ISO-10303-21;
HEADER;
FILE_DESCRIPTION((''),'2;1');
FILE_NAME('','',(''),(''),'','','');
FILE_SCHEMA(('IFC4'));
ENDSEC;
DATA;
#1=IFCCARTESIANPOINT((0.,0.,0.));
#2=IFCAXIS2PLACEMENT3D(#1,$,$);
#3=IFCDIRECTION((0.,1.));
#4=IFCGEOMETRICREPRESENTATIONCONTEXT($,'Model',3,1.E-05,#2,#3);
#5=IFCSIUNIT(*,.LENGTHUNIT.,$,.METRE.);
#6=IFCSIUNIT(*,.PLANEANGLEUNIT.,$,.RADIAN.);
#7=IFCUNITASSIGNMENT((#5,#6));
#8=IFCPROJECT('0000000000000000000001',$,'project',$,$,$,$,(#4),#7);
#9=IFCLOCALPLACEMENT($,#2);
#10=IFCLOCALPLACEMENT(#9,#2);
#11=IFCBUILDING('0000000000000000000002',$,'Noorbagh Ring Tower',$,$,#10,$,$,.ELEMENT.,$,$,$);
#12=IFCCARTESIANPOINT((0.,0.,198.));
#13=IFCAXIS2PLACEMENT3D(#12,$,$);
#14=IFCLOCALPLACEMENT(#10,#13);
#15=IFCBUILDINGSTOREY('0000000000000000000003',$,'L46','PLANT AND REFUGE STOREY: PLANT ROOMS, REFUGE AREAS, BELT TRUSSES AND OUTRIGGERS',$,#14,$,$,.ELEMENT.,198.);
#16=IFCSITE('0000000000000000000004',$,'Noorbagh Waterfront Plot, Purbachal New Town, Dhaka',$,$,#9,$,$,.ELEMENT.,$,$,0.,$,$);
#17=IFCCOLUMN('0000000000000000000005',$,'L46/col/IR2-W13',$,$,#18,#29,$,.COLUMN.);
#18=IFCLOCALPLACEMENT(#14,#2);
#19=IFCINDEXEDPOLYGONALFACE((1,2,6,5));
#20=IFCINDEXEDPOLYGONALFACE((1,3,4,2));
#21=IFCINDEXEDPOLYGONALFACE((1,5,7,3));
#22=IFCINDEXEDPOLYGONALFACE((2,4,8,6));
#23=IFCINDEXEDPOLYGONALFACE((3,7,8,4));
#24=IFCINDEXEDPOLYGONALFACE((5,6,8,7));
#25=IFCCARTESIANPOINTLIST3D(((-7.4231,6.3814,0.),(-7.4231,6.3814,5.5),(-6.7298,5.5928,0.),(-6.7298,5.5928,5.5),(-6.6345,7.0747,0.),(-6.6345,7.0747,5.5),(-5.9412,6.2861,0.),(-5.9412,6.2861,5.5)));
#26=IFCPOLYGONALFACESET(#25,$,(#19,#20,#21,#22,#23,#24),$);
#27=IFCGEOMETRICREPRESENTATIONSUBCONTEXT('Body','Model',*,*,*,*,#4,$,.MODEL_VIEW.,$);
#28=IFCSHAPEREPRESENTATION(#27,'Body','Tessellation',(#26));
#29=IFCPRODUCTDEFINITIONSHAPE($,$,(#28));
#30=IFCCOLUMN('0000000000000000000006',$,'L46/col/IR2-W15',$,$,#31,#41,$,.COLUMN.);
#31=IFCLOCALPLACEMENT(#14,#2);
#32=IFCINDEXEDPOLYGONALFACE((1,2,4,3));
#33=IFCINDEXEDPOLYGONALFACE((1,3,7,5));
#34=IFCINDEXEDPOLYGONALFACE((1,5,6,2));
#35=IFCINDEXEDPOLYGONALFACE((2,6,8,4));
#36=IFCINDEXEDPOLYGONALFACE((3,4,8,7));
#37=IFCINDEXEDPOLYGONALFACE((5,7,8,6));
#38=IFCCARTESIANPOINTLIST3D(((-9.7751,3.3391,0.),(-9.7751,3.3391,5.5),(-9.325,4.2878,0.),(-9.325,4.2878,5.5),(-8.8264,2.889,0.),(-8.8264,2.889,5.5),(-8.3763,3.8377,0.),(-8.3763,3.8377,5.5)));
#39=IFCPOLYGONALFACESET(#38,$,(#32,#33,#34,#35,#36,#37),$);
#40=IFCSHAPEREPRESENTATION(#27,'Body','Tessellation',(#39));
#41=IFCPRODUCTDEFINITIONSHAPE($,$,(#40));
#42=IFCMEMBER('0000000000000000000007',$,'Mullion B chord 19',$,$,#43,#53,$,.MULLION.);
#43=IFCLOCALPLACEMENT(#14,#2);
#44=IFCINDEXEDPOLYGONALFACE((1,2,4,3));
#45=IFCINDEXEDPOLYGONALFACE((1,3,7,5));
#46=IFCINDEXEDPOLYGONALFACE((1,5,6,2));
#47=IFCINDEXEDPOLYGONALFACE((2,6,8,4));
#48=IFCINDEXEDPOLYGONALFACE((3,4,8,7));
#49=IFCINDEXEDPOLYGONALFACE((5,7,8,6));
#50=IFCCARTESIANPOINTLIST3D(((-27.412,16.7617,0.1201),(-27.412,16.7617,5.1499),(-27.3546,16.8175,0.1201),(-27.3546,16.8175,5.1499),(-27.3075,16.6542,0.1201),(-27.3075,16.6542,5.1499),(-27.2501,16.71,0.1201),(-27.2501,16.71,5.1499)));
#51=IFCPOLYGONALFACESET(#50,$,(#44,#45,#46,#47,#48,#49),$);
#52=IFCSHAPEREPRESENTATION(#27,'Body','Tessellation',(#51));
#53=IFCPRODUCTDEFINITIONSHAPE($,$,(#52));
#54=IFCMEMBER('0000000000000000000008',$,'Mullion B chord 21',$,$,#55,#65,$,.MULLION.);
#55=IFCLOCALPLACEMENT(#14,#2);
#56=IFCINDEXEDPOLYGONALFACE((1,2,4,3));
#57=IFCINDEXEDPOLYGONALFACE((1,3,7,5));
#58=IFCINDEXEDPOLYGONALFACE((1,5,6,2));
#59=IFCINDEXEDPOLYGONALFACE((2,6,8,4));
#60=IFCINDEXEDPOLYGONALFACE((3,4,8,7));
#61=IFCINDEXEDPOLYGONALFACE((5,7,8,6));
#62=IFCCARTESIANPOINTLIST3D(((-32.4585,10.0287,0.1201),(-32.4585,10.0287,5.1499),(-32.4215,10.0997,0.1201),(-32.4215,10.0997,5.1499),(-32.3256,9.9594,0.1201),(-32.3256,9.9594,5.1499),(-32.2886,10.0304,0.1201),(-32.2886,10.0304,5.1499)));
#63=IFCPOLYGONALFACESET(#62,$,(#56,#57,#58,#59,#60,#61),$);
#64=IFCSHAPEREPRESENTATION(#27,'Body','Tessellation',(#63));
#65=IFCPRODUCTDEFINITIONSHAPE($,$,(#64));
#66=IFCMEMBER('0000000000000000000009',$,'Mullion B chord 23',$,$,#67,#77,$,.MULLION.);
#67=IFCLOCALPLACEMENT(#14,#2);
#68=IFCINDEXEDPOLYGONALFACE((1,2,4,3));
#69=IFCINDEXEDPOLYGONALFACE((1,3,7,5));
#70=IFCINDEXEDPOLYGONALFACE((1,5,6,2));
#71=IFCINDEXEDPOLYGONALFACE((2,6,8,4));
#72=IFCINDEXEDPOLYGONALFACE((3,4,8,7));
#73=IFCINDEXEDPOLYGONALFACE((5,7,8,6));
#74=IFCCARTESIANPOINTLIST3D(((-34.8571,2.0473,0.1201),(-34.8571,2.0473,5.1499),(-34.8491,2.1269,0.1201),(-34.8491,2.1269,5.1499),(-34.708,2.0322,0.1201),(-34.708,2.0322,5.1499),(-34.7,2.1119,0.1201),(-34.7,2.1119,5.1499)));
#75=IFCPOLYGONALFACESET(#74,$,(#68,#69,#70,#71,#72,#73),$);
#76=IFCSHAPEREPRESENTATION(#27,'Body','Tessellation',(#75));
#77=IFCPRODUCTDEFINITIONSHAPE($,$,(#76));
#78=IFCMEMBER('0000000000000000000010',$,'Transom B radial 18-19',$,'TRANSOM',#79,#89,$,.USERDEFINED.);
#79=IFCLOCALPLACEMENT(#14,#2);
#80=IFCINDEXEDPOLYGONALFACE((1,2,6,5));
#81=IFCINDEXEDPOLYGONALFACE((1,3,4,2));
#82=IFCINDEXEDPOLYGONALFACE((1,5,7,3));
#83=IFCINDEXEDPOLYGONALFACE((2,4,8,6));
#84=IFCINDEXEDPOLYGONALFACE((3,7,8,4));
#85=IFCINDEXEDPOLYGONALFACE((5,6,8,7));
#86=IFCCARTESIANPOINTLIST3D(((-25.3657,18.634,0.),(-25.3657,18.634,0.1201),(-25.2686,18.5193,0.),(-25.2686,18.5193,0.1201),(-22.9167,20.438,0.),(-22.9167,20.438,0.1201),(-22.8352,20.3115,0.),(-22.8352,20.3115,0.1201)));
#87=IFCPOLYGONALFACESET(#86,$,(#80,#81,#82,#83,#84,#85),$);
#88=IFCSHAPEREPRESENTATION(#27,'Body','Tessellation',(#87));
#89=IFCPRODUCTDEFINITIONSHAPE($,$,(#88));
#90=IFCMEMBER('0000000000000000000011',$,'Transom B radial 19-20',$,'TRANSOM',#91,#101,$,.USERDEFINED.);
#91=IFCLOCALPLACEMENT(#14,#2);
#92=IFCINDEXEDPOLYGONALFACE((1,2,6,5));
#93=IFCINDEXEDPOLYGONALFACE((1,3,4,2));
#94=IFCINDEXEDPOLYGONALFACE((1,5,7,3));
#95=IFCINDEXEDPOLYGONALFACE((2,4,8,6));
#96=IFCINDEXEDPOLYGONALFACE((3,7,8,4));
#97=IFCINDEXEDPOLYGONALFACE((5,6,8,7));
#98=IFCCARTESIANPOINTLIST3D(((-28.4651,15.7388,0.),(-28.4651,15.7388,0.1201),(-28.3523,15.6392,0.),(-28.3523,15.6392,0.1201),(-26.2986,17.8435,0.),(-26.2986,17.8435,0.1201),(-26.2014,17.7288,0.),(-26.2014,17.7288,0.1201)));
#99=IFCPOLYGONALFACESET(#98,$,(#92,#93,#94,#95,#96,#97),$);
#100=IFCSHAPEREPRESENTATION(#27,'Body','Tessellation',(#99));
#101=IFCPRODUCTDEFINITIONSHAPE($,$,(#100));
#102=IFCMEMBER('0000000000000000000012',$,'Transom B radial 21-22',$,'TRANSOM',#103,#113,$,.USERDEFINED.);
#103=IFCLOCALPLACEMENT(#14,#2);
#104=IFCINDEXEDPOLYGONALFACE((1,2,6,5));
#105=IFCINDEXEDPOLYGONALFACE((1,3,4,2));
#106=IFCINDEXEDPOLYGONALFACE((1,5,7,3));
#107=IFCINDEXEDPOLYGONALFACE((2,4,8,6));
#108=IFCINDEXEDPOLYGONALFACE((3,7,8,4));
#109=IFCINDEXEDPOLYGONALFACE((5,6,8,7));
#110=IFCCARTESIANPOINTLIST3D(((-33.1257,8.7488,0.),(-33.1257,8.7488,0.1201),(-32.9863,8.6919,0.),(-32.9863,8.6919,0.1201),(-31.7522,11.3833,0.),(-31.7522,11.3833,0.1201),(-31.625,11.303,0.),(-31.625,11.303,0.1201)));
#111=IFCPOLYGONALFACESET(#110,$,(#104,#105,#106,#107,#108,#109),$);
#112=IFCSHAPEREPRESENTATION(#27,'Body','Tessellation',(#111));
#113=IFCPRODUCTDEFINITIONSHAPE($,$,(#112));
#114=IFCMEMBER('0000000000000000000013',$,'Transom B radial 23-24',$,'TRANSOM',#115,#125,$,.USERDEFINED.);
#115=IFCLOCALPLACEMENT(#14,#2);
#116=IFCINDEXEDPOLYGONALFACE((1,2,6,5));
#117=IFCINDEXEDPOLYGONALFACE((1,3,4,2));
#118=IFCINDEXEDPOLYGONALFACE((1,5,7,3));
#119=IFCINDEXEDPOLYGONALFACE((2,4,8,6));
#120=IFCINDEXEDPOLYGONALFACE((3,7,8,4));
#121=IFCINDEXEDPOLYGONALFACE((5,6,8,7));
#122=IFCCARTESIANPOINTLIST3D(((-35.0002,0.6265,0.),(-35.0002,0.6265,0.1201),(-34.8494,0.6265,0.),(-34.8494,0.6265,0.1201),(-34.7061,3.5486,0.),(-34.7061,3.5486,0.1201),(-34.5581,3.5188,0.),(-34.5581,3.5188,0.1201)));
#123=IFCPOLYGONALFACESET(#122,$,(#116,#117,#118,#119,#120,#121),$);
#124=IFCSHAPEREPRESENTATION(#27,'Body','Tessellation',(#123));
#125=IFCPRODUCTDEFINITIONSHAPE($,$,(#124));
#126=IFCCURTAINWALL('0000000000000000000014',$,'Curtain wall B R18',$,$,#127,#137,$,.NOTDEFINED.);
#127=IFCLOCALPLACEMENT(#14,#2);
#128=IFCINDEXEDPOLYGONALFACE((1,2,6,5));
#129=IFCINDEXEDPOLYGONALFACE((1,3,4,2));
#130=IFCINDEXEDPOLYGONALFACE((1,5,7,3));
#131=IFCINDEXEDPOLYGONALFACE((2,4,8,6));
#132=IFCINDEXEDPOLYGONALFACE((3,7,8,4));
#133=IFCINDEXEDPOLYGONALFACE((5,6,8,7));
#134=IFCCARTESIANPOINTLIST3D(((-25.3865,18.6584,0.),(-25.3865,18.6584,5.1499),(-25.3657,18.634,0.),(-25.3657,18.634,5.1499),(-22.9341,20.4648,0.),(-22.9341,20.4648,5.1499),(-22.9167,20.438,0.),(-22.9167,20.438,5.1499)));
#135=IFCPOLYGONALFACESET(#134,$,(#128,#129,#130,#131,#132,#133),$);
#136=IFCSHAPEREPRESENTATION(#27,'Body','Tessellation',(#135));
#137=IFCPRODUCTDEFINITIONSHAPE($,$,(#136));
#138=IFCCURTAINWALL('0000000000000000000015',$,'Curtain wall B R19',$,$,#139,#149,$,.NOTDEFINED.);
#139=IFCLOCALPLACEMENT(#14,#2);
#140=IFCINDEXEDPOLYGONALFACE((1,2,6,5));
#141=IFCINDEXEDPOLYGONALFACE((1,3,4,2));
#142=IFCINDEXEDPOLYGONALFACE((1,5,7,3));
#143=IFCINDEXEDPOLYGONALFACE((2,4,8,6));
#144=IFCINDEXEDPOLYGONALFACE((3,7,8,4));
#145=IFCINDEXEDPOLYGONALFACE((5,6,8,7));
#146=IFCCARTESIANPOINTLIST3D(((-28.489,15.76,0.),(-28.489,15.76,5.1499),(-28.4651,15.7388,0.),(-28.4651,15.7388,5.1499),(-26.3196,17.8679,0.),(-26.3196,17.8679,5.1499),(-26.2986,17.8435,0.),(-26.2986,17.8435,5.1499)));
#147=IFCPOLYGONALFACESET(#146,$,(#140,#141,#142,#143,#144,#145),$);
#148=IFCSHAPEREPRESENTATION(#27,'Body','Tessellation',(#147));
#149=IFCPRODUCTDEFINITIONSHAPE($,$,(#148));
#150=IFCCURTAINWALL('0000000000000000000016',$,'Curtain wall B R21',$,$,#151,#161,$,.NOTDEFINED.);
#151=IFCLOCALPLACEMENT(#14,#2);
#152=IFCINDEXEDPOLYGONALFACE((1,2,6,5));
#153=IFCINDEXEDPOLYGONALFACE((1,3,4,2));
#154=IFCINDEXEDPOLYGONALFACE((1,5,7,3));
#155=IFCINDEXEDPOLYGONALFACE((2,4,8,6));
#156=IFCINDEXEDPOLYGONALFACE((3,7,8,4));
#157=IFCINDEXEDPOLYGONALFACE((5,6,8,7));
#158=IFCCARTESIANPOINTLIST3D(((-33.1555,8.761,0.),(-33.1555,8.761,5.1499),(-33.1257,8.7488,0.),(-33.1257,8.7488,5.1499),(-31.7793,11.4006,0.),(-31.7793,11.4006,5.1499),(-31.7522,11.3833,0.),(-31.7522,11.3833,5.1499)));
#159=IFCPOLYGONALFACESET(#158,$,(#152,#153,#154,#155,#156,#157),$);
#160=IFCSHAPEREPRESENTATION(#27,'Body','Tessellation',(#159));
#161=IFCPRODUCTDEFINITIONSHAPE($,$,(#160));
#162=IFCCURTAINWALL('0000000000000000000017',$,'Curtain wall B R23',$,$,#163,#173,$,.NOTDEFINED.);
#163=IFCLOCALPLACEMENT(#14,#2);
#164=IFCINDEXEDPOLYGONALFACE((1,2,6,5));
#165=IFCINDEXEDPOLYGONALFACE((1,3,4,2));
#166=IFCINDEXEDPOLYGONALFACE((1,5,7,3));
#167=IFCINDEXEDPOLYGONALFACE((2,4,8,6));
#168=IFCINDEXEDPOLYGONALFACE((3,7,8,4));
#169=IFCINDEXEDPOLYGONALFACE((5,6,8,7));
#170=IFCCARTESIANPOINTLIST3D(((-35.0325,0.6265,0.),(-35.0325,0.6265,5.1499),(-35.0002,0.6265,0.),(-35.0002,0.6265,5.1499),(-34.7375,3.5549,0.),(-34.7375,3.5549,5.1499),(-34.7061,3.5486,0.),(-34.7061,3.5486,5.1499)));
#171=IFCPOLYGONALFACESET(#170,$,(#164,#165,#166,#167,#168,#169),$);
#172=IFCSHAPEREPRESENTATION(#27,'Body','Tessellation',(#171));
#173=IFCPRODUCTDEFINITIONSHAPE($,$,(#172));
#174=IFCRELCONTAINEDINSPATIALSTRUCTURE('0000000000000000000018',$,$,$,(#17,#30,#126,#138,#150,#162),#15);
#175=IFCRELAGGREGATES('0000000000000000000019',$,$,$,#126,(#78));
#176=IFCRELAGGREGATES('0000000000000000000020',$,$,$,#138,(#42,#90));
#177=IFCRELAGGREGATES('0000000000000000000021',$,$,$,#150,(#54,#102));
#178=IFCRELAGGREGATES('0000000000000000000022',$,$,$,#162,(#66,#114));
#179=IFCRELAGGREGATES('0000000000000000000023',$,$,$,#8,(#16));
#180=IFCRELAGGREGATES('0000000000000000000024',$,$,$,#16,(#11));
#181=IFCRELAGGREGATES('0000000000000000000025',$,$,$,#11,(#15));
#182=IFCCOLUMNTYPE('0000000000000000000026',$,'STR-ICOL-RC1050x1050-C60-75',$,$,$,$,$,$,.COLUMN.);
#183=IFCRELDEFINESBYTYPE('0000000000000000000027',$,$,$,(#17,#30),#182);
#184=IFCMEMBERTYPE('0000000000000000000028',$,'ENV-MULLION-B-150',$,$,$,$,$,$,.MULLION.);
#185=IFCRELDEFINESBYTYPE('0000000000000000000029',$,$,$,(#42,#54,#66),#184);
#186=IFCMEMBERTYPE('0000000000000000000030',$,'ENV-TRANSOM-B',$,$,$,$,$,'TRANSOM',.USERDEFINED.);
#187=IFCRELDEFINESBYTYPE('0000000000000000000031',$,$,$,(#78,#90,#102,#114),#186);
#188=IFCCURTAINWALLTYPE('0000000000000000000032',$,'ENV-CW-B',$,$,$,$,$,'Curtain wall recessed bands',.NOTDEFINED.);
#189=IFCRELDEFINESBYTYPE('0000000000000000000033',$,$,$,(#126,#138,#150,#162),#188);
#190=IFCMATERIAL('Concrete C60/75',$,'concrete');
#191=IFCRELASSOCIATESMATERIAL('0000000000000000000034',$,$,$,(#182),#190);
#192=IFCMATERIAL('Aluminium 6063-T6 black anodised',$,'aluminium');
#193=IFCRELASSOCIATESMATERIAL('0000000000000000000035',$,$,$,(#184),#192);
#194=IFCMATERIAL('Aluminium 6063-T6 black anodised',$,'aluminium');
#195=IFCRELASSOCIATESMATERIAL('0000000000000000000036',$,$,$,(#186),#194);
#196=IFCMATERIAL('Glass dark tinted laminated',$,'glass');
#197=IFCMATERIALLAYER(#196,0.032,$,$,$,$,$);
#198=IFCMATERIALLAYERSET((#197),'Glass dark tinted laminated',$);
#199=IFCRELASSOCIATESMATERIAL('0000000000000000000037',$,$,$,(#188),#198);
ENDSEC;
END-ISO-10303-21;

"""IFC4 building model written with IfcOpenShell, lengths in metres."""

from ifc_helpers import new_model, si_unit, direction, frame, origin, origin_2d, place, context, subcontext, project, spatial, polyline, rectangle, outline, extrude, material, layer, layer_set, material_profile, profile_set, type_object, element, aggregate, save


model = new_model("IFC4")

# Units and contexts
model_context = context("Model", 3, precision=1e-05, world=origin(), true_north=direction((0.0, 1.0)))
body_context = subcontext(model_context, "Body", "Model", "MODEL_VIEW")
ifc_project = project(units=[si_unit("LENGTHUNIT", "METRE"), si_unit("PLANEANGLEUNIT", "RADIAN")], contexts=[model_context])

# Site, building, storey
site_placement = place(None, origin())
site = spatial("IfcSite", under=ifc_project, at=site_placement, Name="Noorbagh Waterfront Plot, Purbachal New Town, Dhaka", CompositionType="ELEMENT", RefElevation=0.0)
building_placement = place(site_placement, origin())
building = spatial("IfcBuilding", under=site, at=building_placement, Name="Noorbagh Ring Tower", CompositionType="ELEMENT")
storey_placement = place(building_placement, frame((0.0, 0.0, 198.0)))
storey = spatial("IfcBuildingStorey", under=building, at=storey_placement, Name="L46", Description="PLANT AND REFUGE STOREY: PLANT ROOMS, REFUGE AREAS, BELT TRUSSES AND OUTRIGGERS", CompositionType="ELEMENT", Elevation=198.0)

# Columns
ifc_material_1 = material(Name="Concrete C60/75", Category="concrete")
ifc_material_profile_1 = material_profile(ifc_material_1, rectangle(XDim=1.05, YDim=1.05, at=origin_2d()), Name="RC1050x1050")
ifc_profile_set_1 = profile_set([ifc_material_profile_1], Name="Concrete C60/75")
column_type = type_object("IfcColumnType", Name="STR-ICOL-RC1050x1050-C60-75", PredefinedType="COLUMN", material=ifc_profile_set_1)
for number, where, z_axis, x_axis, name in (
    (1, (-6.6821, 6.3337, 0.0), (0.0, 0.0, 1.0), (-0.751022, -0.660277, 0.0), "L46/col/IR2-W13"),
    (2, (-9.0757, 3.5884, 0.0), (0.0, 0.0, 1.0), (-0.428667, -0.903463, 0.0), "L46/col/IR2-W15"),
):
    element("IfcColumn", number, at=place(storey_placement, frame(where, z_axis=z_axis, x_axis=x_axis)), inside=storey, type_object=column_type, Name=name, PredefinedType="COLUMN", context=body_context, shape_type="SweptSolid", body=[
        extrude(rectangle(XDim=1.05, YDim=1.05, at=origin_2d()), origin(), (0.0, 0.0, 1.0), 5.5),
    ])

# Members
ifc_material_2 = material(Name="Aluminium 6063-T6 black anodised", Category="aluminium")
ifc_material_profile_2 = material_profile(ifc_material_2, rectangle(XDim=0.1499, YDim=0.0801, at=origin_2d()), Name="150x80")
ifc_profile_set_2 = profile_set([ifc_material_profile_2], Name="Aluminium 6063-T6 black anodised")
member_type_1 = type_object("IfcMemberType", Name="ENV-MULLION-B-150", PredefinedType="MULLION", material=ifc_profile_set_2)
member_1_placement = place(storey_placement, frame((-27.3311, 16.7358, 0.1201), z_axis=(0.0, 0.0, 1.0), x_axis=(0.696842, -0.717225, 0.0)))
member_1 = element("IfcMember", 3, at=member_1_placement, type_object=member_type_1, Name="Mullion B chord 19", PredefinedType="MULLION", context=body_context, shape_type="SweptSolid", body=[
    extrude(rectangle(XDim=0.1499, YDim=0.0801, at=origin_2d()), origin(), (0.0, 0.0, 1.0), 5.0298),
])
member_2_placement = place(storey_placement, frame((-32.3735, 10.0295, 0.1201), z_axis=(0.0, 0.0, 1.0), x_axis=(0.886735, -0.462278, 0.0)))
member_2 = element("IfcMember", 4, at=member_2_placement, type_object=member_type_1, Name="Mullion B chord 21", PredefinedType="MULLION", context=body_context, shape_type="SweptSolid", body=[
    extrude(rectangle(XDim=0.1499, YDim=0.0801, at=origin_2d()), origin(), (0.0, 0.0, 1.0), 5.0298),
])
member_3_placement = place(storey_placement, frame((-34.7786, 2.0796, 0.1201), z_axis=(0.0, 0.0, 1.0), x_axis=(0.99497, -0.100178, 0.0)))
member_3 = element("IfcMember", 5, at=member_3_placement, type_object=member_type_1, Name="Mullion B chord 23", PredefinedType="MULLION", context=body_context, shape_type="SweptSolid", body=[
    extrude(rectangle(XDim=0.1499, YDim=0.0801, at=origin_2d()), origin(), (0.0, 0.0, 1.0), 5.0298),
])
ifc_material_3 = material(Name="Aluminium 6063-T6 black anodised", Category="aluminium")
member_type_2 = type_object("IfcMemberType", Name="ENV-TRANSOM-B", ElementType="TRANSOM", PredefinedType="USERDEFINED", material=ifc_material_3)
member_4_placement = place(storey_placement, origin())
member_4 = element("IfcMember", 6, at=member_4_placement, type_object=member_type_2, Name="Transom B radial 18-19", ObjectType="TRANSOM", PredefinedType="USERDEFINED", context=body_context, shape_type="SweptSolid", body=[
    extrude(outline(polyline([(-22.9167, 20.438), (-25.3657, 18.634), (-25.2686, 18.5193), (-22.8352, 20.3115), (-22.9167, 20.438)])), origin(), (0.0, 0.0, 1.0), 0.1201),
])
member_5_placement = place(storey_placement, origin())
member_5 = element("IfcMember", 7, at=member_5_placement, type_object=member_type_2, Name="Transom B radial 19-20", ObjectType="TRANSOM", PredefinedType="USERDEFINED", context=body_context, shape_type="SweptSolid", body=[
    extrude(outline(polyline([(-26.2986, 17.8435), (-28.4651, 15.7388), (-28.3523, 15.6392), (-26.2014, 17.7288), (-26.2986, 17.8435)])), origin(), (0.0, 0.0, 1.0), 0.1201),
])
member_6_placement = place(storey_placement, origin())
member_6 = element("IfcMember", 8, at=member_6_placement, type_object=member_type_2, Name="Transom B radial 21-22", ObjectType="TRANSOM", PredefinedType="USERDEFINED", context=body_context, shape_type="SweptSolid", body=[
    extrude(outline(polyline([(-31.7522, 11.3833), (-33.1257, 8.7488), (-32.9863, 8.6919), (-31.625, 11.303), (-31.7522, 11.3833)])), origin(), (0.0, 0.0, 1.0), 0.1201),
])
member_7_placement = place(storey_placement, origin())
member_7 = element("IfcMember", 9, at=member_7_placement, type_object=member_type_2, Name="Transom B radial 23-24", ObjectType="TRANSOM", PredefinedType="USERDEFINED", context=body_context, shape_type="SweptSolid", body=[
    extrude(outline(polyline([(-34.7061, 3.5486), (-35.0002, 0.6265), (-34.8494, 0.6265), (-34.5581, 3.5188), (-34.7061, 3.5486)])), origin(), (0.0, 0.0, 1.0), 0.1201),
])

# Curtain walls
ifc_material_4 = material(Name="Glass dark tinted laminated", Category="glass")
ifc_layer = layer(ifc_material_4, 0.032)
ifc_layer_set = layer_set([ifc_layer], Name="Glass dark tinted laminated")
curtain_wall_type = type_object("IfcCurtainWallType", Name="ENV-CW-B", ElementType="Curtain wall recessed bands", PredefinedType="NOTDEFINED", material=ifc_layer_set)
curtain_wall_1_placement = place(storey_placement, origin())
curtain_wall_1 = element("IfcCurtainWall", 10, at=curtain_wall_1_placement, inside=storey, type_object=curtain_wall_type, Name="Curtain wall B R18", PredefinedType="NOTDEFINED", context=body_context, shape_type="SweptSolid", body=[
    extrude(outline(polyline([(-22.9341, 20.4648), (-25.3865, 18.6584), (-25.3657, 18.634), (-22.9167, 20.438), (-22.9341, 20.4648)])), origin(), (0.0, 0.0, 1.0), 5.1499),
])
aggregate(curtain_wall_1, [member_4])
curtain_wall_2_placement = place(storey_placement, origin())
curtain_wall_2 = element("IfcCurtainWall", 11, at=curtain_wall_2_placement, inside=storey, type_object=curtain_wall_type, Name="Curtain wall B R19", PredefinedType="NOTDEFINED", context=body_context, shape_type="SweptSolid", body=[
    extrude(outline(polyline([(-26.3196, 17.8679), (-28.489, 15.76), (-28.4651, 15.7388), (-26.2986, 17.8435), (-26.3196, 17.8679)])), origin(), (0.0, 0.0, 1.0), 5.1499),
])
aggregate(curtain_wall_2, [member_1, member_5])
curtain_wall_3_placement = place(storey_placement, origin())
curtain_wall_3 = element("IfcCurtainWall", 12, at=curtain_wall_3_placement, inside=storey, type_object=curtain_wall_type, Name="Curtain wall B R21", PredefinedType="NOTDEFINED", context=body_context, shape_type="SweptSolid", body=[
    extrude(outline(polyline([(-31.7793, 11.4006), (-33.1555, 8.761), (-33.1257, 8.7488), (-31.7522, 11.3833), (-31.7793, 11.4006)])), origin(), (0.0, 0.0, 1.0), 5.1499),
])
aggregate(curtain_wall_3, [member_2, member_6])
curtain_wall_4_placement = place(storey_placement, origin())
curtain_wall_4 = element("IfcCurtainWall", 13, at=curtain_wall_4_placement, inside=storey, type_object=curtain_wall_type, Name="Curtain wall B R23", PredefinedType="NOTDEFINED", context=body_context, shape_type="SweptSolid", body=[
    extrude(outline(polyline([(-34.7375, 3.5549), (-35.0325, 0.6265), (-35.0002, 0.6265), (-34.7061, 3.5486), (-34.7375, 3.5549)])), origin(), (0.0, 0.0, 1.0), 5.1499),
])
aggregate(curtain_wall_4, [member_3, member_7])

save(model, "model.ifc")
